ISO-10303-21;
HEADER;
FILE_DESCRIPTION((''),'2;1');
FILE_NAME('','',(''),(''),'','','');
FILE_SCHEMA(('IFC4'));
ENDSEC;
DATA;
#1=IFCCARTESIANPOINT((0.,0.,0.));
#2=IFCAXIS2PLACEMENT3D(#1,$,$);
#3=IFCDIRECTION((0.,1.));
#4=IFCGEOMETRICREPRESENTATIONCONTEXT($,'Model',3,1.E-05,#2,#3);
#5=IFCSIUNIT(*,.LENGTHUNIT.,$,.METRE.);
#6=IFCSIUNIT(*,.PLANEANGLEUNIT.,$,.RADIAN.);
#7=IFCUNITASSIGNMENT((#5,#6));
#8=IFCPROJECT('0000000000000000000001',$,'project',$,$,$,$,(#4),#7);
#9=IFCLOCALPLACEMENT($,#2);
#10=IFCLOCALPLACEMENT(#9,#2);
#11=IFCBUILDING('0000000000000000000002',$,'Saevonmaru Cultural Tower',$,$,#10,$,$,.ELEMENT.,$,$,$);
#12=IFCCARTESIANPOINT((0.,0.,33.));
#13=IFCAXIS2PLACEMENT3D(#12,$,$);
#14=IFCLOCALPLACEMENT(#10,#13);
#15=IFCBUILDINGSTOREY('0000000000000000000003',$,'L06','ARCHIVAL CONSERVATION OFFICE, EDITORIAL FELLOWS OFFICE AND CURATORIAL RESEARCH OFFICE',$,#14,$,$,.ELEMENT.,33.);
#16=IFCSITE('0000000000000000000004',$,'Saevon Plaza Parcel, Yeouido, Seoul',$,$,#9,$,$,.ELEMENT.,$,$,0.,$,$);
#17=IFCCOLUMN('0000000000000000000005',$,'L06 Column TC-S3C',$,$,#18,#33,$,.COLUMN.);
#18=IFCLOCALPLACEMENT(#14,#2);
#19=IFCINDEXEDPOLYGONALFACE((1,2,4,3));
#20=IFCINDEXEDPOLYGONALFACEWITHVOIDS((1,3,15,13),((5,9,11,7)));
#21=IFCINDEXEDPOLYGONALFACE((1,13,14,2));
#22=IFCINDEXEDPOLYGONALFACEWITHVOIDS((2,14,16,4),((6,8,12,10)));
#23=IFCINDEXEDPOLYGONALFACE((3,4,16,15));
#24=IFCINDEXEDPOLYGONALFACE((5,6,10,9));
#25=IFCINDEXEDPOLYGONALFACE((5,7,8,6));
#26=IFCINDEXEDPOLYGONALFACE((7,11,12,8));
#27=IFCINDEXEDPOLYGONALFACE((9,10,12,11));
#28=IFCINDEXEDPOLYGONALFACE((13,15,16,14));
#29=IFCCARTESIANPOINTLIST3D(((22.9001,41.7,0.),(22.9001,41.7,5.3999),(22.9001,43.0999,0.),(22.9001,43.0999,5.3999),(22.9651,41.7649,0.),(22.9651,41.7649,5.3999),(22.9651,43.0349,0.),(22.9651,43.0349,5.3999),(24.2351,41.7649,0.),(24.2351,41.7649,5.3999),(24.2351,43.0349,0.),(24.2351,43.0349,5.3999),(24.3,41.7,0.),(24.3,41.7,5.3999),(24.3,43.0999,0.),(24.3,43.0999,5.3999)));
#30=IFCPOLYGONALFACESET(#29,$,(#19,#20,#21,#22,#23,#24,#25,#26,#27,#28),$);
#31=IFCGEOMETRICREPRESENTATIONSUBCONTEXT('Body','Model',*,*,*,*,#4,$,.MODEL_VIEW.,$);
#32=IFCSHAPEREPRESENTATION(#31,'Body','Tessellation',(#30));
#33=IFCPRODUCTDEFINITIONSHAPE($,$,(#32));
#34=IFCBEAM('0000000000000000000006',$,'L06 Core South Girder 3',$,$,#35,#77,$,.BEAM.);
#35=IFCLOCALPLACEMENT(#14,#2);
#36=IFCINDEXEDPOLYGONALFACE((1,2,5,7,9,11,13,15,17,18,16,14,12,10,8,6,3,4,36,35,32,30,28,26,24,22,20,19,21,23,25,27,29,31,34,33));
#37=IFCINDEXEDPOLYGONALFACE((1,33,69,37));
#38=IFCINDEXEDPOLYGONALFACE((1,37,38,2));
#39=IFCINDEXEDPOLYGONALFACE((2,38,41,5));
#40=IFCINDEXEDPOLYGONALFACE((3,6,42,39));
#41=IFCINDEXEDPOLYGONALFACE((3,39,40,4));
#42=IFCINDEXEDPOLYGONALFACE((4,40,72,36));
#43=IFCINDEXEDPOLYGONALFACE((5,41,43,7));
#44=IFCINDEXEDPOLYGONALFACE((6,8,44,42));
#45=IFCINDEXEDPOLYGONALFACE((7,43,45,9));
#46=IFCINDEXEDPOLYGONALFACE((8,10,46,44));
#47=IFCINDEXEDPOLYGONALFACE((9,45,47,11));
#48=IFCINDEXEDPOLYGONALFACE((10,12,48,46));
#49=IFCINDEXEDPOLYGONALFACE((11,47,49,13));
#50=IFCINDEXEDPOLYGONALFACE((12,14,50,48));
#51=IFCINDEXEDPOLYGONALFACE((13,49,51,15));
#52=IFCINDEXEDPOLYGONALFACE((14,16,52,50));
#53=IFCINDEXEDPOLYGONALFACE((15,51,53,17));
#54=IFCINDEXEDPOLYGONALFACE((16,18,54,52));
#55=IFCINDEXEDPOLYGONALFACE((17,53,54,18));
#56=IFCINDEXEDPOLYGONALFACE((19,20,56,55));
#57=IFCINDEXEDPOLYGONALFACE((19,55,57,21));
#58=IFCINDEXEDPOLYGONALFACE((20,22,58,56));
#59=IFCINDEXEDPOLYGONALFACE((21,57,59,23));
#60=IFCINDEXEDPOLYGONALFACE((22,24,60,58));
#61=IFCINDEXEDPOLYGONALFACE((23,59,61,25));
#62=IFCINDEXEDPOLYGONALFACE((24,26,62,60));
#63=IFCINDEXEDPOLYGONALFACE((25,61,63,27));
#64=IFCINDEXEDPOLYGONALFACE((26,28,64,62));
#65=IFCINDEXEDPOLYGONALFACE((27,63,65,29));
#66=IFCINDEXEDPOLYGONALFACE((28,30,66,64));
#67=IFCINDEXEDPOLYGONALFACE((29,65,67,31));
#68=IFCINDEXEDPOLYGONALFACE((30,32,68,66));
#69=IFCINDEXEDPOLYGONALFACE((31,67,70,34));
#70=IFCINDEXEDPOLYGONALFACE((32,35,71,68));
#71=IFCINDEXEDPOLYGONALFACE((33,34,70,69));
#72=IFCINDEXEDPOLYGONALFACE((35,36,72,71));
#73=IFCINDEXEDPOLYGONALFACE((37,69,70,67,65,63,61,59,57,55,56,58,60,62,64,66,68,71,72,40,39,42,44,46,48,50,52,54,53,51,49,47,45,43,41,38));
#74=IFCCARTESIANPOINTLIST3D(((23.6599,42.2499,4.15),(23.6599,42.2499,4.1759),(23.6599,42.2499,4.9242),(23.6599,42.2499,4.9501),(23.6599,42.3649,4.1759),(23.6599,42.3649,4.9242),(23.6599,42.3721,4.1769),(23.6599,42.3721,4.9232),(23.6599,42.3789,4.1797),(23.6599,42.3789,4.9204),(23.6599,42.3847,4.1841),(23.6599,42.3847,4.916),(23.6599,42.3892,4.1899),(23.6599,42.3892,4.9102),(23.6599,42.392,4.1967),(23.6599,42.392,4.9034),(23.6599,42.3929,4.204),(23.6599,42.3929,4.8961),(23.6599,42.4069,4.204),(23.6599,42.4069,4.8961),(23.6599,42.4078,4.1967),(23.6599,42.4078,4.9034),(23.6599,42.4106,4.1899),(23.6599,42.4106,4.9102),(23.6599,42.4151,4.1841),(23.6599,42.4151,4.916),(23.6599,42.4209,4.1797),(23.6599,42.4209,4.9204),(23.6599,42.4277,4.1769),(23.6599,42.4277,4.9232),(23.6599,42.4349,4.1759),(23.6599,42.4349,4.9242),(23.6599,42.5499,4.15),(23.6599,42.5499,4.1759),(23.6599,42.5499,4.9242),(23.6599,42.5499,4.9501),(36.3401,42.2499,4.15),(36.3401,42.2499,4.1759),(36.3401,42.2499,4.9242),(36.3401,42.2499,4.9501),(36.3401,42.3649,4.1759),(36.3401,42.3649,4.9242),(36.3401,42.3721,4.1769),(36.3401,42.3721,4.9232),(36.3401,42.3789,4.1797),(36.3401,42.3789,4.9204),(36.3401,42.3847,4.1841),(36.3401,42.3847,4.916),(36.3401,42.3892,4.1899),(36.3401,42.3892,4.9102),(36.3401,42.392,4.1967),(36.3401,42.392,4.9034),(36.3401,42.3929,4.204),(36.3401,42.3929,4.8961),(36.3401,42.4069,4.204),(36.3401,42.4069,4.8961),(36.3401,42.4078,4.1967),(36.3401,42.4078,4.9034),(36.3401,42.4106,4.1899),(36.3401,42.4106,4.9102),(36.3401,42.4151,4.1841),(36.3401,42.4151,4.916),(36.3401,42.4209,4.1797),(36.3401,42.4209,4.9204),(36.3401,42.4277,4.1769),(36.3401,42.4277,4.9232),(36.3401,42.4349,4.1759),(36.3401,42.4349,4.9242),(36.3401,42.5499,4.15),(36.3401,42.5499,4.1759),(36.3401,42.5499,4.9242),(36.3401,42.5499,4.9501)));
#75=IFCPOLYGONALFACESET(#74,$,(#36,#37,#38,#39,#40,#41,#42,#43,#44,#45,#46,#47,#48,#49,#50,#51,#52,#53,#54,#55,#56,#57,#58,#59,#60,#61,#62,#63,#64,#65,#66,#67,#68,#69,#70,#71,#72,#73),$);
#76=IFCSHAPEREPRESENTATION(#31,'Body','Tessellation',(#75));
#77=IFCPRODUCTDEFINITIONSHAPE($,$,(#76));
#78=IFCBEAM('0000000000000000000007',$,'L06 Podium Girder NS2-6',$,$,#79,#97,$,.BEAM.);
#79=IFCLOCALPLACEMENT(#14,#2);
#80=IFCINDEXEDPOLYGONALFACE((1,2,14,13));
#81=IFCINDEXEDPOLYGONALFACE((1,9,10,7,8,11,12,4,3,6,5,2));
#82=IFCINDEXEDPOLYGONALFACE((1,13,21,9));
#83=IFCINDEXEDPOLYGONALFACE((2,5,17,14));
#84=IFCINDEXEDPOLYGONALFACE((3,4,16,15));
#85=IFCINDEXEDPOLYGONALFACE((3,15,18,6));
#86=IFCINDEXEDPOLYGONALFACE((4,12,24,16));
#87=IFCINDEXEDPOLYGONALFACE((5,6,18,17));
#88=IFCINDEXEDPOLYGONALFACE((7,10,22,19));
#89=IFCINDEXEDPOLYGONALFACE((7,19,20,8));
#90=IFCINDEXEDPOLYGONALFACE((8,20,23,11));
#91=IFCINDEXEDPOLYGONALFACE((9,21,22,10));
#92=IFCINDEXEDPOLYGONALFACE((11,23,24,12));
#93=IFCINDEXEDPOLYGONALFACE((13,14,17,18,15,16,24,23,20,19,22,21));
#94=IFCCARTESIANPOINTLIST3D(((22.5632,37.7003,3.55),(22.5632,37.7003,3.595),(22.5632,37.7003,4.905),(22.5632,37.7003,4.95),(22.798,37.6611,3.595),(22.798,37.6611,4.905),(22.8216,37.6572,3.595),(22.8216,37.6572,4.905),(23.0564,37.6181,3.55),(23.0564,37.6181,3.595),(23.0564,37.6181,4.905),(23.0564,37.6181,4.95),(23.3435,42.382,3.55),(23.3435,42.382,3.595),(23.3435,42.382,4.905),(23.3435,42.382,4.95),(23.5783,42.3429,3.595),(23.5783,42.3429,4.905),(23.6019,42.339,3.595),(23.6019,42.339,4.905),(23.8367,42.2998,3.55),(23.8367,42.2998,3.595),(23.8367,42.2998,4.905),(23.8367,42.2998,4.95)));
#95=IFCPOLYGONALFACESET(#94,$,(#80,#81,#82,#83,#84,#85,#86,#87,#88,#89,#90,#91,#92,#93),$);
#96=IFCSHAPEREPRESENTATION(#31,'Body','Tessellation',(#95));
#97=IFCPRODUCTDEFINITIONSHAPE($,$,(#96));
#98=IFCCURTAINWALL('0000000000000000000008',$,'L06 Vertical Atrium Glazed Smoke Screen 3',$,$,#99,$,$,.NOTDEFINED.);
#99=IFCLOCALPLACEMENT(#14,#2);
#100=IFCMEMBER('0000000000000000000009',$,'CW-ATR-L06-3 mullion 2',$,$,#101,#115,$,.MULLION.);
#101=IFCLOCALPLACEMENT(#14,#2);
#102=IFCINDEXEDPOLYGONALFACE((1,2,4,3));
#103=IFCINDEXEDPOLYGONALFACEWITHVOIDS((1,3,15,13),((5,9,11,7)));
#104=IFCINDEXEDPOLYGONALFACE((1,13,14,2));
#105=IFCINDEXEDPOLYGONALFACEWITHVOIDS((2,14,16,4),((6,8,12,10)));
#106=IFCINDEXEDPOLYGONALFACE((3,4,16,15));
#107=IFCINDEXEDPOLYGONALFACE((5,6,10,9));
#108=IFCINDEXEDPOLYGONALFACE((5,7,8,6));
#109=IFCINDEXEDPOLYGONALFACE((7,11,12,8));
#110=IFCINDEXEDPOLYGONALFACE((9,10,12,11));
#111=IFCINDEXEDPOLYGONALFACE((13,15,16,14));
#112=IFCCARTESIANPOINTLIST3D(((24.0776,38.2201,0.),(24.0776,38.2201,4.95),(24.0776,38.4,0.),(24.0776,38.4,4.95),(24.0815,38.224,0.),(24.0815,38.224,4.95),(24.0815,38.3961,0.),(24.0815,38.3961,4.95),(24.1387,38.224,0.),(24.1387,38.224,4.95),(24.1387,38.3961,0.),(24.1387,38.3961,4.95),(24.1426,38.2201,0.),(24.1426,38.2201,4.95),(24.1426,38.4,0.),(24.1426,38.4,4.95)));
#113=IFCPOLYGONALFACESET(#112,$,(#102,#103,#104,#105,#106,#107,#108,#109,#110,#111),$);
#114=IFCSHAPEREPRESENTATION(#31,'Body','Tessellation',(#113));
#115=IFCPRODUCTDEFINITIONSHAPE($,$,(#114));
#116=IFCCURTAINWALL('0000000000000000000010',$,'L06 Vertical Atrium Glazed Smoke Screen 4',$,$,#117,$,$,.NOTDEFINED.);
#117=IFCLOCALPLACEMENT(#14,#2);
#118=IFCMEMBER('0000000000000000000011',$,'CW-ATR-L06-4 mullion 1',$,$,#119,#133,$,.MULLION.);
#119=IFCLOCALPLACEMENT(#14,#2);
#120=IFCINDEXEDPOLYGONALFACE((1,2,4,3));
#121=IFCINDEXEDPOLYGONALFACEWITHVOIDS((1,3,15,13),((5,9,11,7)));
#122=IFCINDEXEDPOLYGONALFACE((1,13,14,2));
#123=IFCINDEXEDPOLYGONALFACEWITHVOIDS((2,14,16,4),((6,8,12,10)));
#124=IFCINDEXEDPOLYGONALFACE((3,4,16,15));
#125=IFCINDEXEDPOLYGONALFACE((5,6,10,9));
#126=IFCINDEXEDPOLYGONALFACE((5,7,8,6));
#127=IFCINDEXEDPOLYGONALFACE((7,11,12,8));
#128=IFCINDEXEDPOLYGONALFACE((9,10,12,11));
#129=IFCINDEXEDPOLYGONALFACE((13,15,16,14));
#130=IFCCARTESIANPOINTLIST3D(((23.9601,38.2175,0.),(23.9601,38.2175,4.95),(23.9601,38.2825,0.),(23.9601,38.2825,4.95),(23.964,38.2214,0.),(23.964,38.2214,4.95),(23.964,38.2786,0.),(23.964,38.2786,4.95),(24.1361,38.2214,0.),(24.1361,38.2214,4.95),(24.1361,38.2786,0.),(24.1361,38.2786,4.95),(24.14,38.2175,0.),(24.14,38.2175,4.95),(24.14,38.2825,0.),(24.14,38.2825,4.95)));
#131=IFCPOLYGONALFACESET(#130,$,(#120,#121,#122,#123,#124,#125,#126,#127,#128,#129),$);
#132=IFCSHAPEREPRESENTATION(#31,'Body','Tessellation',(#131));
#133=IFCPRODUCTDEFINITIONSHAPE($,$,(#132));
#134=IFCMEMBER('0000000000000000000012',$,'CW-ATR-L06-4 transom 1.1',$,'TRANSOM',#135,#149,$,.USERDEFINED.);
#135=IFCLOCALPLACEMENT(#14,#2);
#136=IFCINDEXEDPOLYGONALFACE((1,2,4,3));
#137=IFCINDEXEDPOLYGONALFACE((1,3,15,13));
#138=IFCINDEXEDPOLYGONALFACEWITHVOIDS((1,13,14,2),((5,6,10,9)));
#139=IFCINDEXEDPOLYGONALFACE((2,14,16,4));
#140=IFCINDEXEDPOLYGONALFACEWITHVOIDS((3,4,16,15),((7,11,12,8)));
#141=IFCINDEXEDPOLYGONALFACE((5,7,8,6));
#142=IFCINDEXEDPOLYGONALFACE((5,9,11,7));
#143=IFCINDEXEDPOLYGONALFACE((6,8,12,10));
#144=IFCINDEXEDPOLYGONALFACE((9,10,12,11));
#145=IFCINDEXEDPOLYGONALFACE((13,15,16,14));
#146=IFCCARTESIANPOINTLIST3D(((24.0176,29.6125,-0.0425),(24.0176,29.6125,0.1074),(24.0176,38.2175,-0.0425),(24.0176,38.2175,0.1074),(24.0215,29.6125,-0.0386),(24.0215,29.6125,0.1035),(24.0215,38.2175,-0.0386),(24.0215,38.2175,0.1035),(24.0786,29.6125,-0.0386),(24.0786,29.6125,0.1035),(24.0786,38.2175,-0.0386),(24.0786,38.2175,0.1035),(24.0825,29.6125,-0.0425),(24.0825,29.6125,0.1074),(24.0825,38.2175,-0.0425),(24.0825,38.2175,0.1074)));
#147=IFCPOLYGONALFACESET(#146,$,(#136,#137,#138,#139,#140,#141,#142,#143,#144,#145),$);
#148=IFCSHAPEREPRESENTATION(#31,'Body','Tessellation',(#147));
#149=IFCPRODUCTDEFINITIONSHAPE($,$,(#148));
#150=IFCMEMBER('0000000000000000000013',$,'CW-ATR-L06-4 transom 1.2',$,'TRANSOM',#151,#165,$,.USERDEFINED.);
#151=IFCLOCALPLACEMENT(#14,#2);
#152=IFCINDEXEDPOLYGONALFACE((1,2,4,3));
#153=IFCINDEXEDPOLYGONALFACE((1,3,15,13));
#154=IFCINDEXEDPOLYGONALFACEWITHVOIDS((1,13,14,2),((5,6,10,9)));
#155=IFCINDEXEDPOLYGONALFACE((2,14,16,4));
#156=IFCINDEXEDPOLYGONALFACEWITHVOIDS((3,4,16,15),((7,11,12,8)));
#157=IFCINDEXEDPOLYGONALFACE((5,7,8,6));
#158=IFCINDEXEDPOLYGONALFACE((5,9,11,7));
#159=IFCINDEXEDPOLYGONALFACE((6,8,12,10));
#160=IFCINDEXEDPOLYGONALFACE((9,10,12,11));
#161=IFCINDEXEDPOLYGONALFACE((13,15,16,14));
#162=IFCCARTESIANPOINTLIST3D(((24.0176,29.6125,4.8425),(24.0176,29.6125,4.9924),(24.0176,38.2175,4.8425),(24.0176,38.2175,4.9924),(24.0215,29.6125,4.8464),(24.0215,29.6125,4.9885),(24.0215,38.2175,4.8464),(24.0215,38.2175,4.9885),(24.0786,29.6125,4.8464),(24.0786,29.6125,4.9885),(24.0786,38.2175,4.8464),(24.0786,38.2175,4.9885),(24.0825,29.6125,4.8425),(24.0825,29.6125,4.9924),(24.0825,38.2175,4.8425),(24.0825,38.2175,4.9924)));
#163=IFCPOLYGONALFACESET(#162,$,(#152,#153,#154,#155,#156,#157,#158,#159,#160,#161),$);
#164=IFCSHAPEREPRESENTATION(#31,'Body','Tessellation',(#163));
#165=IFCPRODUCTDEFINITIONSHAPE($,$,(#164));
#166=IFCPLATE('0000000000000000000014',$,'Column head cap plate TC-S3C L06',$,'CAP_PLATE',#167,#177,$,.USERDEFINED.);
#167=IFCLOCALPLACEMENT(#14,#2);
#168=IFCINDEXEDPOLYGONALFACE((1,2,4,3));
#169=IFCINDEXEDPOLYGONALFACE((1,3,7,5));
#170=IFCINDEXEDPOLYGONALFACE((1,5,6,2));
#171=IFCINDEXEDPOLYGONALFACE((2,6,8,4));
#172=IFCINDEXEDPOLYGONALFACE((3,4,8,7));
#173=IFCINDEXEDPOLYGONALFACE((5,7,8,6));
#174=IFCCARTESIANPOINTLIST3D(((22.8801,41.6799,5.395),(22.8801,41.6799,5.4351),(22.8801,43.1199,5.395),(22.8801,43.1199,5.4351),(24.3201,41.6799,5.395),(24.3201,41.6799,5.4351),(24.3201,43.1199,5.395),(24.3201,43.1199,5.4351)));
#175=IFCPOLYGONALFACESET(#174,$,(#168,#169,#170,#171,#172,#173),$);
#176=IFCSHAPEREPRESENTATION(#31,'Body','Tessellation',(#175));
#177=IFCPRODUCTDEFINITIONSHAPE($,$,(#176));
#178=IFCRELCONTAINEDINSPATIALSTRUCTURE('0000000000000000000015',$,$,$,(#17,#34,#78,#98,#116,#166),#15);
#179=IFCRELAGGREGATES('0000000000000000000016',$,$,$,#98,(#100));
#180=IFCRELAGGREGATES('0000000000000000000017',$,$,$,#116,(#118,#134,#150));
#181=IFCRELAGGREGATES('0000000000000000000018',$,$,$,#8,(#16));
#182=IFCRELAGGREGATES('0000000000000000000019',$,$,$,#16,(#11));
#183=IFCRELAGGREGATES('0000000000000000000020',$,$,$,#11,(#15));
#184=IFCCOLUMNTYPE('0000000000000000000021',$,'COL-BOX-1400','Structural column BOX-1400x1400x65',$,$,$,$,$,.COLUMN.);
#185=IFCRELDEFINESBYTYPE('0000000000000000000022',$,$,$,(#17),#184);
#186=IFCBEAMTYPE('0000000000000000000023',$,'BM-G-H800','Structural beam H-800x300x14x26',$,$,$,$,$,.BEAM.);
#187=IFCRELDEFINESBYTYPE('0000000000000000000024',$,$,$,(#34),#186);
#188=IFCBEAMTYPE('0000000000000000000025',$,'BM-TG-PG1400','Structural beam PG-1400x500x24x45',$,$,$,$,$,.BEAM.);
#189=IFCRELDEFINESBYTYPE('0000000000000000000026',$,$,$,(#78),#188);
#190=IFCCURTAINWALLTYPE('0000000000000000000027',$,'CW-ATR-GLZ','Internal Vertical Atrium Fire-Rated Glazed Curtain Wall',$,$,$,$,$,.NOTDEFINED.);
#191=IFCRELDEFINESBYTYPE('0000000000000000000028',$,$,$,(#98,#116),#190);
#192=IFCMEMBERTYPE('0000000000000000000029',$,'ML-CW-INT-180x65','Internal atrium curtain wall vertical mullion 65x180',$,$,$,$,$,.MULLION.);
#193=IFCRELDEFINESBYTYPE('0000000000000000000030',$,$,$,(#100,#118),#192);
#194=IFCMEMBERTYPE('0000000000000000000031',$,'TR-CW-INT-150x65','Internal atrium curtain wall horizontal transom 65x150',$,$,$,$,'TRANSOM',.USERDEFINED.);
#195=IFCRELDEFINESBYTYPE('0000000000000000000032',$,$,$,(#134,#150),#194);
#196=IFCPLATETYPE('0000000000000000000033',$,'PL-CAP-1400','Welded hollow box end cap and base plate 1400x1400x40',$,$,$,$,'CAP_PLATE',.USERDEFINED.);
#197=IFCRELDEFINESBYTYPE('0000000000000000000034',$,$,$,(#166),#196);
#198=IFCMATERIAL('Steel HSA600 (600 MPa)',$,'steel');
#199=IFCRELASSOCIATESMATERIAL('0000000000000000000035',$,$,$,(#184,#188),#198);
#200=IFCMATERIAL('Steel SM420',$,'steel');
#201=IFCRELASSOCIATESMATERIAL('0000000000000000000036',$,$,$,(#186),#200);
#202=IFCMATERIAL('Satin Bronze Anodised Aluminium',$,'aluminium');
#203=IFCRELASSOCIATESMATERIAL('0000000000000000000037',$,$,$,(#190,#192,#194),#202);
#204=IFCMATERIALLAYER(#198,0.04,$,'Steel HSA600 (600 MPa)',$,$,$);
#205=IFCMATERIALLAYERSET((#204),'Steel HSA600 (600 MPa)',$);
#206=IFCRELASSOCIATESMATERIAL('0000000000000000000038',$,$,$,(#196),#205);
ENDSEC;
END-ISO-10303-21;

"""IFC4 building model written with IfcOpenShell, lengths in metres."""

from ifc_helpers import new_model, si_unit, direction, frame, origin, origin_2d, place, context, subcontext, project, spatial, rectangle, hollow_rectangle, i_section, extrude, material, layer, layer_set, material_profile, profile_set, type_object, element, aggregate, save


model = new_model("IFC4")

# Units and contexts
model_context = context("Model", 3, precision=1e-05, world=origin(), true_north=direction((0.0, 1.0)))
body_context = subcontext(model_context, "Body", "Model", "MODEL_VIEW")
ifc_project = project(units=[si_unit("LENGTHUNIT", "METRE"), si_unit("PLANEANGLEUNIT", "RADIAN")], contexts=[model_context])

# Site, building, storey
site_placement = place(None, origin())
site = spatial("IfcSite", under=ifc_project, at=site_placement, Name="Saevon Plaza Parcel, Yeouido, Seoul", CompositionType="ELEMENT", RefElevation=0.0)
building_placement = place(site_placement, origin())
building = spatial("IfcBuilding", under=site, at=building_placement, Name="Saevonmaru Cultural Tower", CompositionType="ELEMENT")
storey_placement = place(building_placement, frame((0.0, 0.0, 33.0)))
storey = spatial("IfcBuildingStorey", under=building, at=storey_placement, Name="L06", Description="ARCHIVAL CONSERVATION OFFICE, EDITORIAL FELLOWS OFFICE AND CURATORIAL RESEARCH OFFICE", CompositionType="ELEMENT", Elevation=33.0)

# Column
ifc_material_1 = material(Name="Steel HSA600 (600 MPa)", Category="steel")
ifc_material_profile_1 = material_profile(ifc_material_1, hollow_rectangle(XDim=1.3999, YDim=1.3999, WallThickness=0.0649, at=origin_2d()), Name="BOX-1400x1400x65")
ifc_profile_set_1 = profile_set([ifc_material_profile_1], Name="Steel HSA600 (600 MPa)")
column_type = type_object("IfcColumnType", Name="COL-BOX-1400", Description="Structural column BOX-1400x1400x65", PredefinedType="COLUMN", material=ifc_profile_set_1)
column_placement = place(storey_placement, frame((23.6001, 42.3999, 0.0), z_axis=(0.0, 0.0, 1.0), x_axis=(1.0, 0.0, 0.0)))
element("IfcColumn", 1, at=column_placement, inside=storey, type_object=column_type, Name="L06 Column TC-S3C", PredefinedType="COLUMN", context=body_context, shape_type="SweptSolid", body=[
    extrude(hollow_rectangle(XDim=1.3999, YDim=1.3999, WallThickness=0.0649, at=origin_2d()), origin(), (0.0, 0.0, 1.0), 5.3999),
])

# Beams
ifc_material_2 = material(Name="Steel SM420", Category="steel")
ifc_material_profile_2 = material_profile(ifc_material_2, i_section(OverallWidth=0.3, OverallDepth=0.8, WebThickness=0.0139, FlangeThickness=0.0259, FilletRadius=0.0281, at=origin_2d()), Name="H-800x300x14x26")
ifc_profile_set_2 = profile_set([ifc_material_profile_2], Name="Steel SM420")
beam_type_1 = type_object("IfcBeamType", Name="BM-G-H800", Description="Structural beam H-800x300x14x26", PredefinedType="BEAM", material=ifc_profile_set_2)
beam_1_placement = place(storey_placement, frame((23.6599, 42.3999, 4.55), z_axis=(1.0, 0.0, 0.0), x_axis=(0.0, 1.0, 0.0)))
element("IfcBeam", 2, at=beam_1_placement, inside=storey, type_object=beam_type_1, Name="L06 Core South Girder 3", PredefinedType="BEAM", context=body_context, shape_type="SweptSolid", body=[
    extrude(i_section(OverallWidth=0.3, OverallDepth=0.8, WebThickness=0.0139, FlangeThickness=0.0259, FilletRadius=0.0281, at=origin_2d()), origin(), (0.0, 0.0, 1.0), 12.6802),
])
ifc_material_profile_3 = material_profile(ifc_material_1, i_section(OverallWidth=0.5, OverallDepth=1.3999, WebThickness=0.0239, FlangeThickness=0.0449, at=origin_2d()), Name="PG-1400x500x24x45")
ifc_profile_set_3 = profile_set([ifc_material_profile_3], Name="Steel HSA600 (600 MPa)")
beam_type_2 = type_object("IfcBeamType", Name="BM-TG-PG1400", Description="Structural beam PG-1400x500x24x45", PredefinedType="BEAM", material=ifc_profile_set_3)
beam_2_placement = place(storey_placement, frame((22.8098, 37.6592, 4.25), z_axis=(0.164399, 0.986394, 0.0), x_axis=(-0.986394, 0.164399, 0.0)))
element("IfcBeam", 3, at=beam_2_placement, inside=storey, type_object=beam_type_2, Name="L06 Podium Girder NS2-6", PredefinedType="BEAM", context=body_context, shape_type="SweptSolid", body=[
    extrude(i_section(OverallWidth=0.5, OverallDepth=1.3999, WebThickness=0.0239, FlangeThickness=0.0449, at=origin_2d()), origin(), (0.0, 0.0, 1.0), 4.7463),
])

# Curtain wall, member
ifc_material_3 = material(Name="Satin Bronze Anodised Aluminium", Category="aluminium")
curtain_wall_type = type_object("IfcCurtainWallType", Name="CW-ATR-GLZ", Description="Internal Vertical Atrium Fire-Rated Glazed Curtain Wall", PredefinedType="NOTDEFINED", material=ifc_material_3)
curtain_wall_1_placement = place(storey_placement, origin())
curtain_wall_1 = element("IfcCurtainWall", 4, at=curtain_wall_1_placement, inside=storey, type_object=curtain_wall_type, Name="L06 Vertical Atrium Glazed Smoke Screen 3", PredefinedType="NOTDEFINED")
ifc_material_profile_4 = material_profile(ifc_material_3, hollow_rectangle(XDim=0.0649, YDim=0.1799, WallThickness=0.0039, at=origin_2d()), Name="ALU-MULL-180x65x4")
ifc_profile_set_4 = profile_set([ifc_material_profile_4], Name="Satin Bronze Anodised Aluminium")
member_type_1 = type_object("IfcMemberType", Name="ML-CW-INT-180x65", Description="Internal atrium curtain wall vertical mullion 65x180", PredefinedType="MULLION", material=ifc_profile_set_4)
member_1_placement = place(storey_placement, frame((24.1101, 38.3101, 0.0), z_axis=(0.0, 0.0, 1.0), x_axis=(-1.0, 0.0, 0.0)))
member_1 = element("IfcMember", 5, at=member_1_placement, type_object=member_type_1, Name="CW-ATR-L06-3 mullion 2", PredefinedType="MULLION", context=body_context, shape_type="SweptSolid", body=[
    extrude(hollow_rectangle(XDim=0.0649, YDim=0.1799, WallThickness=0.0039, at=origin_2d()), origin(), (0.0, 0.0, 1.0), 4.95),
])
aggregate(curtain_wall_1, [member_1])

# Curtain wall, members
curtain_wall_2_placement = place(storey_placement, origin())
curtain_wall_2 = element("IfcCurtainWall", 6, at=curtain_wall_2_placement, inside=storey, type_object=curtain_wall_type, Name="L06 Vertical Atrium Glazed Smoke Screen 4", PredefinedType="NOTDEFINED")
member_2_placement = place(storey_placement, frame((24.05, 38.25, 0.0), z_axis=(0.0, 0.0, 1.0), x_axis=(0.0, -1.0, 0.0)))
member_2 = element("IfcMember", 7, at=member_2_placement, type_object=member_type_1, Name="CW-ATR-L06-4 mullion 1", PredefinedType="MULLION", context=body_context, shape_type="SweptSolid", body=[
    extrude(hollow_rectangle(XDim=0.0649, YDim=0.1799, WallThickness=0.0039, at=origin_2d()), origin(), (0.0, 0.0, 1.0), 4.95),
])
ifc_material_profile_5 = material_profile(ifc_material_3, hollow_rectangle(XDim=0.0649, YDim=0.1499, WallThickness=0.0039, at=origin_2d()), Name="ALU-TRAN-150x65x4")
ifc_profile_set_5 = profile_set([ifc_material_profile_5], Name="Satin Bronze Anodised Aluminium")
member_type_2 = type_object("IfcMemberType", Name="TR-CW-INT-150x65", Description="Internal atrium curtain wall horizontal transom 65x150", ElementType="TRANSOM", PredefinedType="USERDEFINED", material=ifc_profile_set_5)
member_3_placement = place(storey_placement, frame((24.05, 38.2175, 0.0325), z_axis=(0.0, -1.0, 0.0), x_axis=(1.0, 0.0, 0.0)))
member_3 = element("IfcMember", 8, at=member_3_placement, type_object=member_type_2, Name="CW-ATR-L06-4 transom 1.1", ObjectType="TRANSOM", PredefinedType="USERDEFINED", context=body_context, shape_type="SweptSolid", body=[
    extrude(hollow_rectangle(XDim=0.0649, YDim=0.1499, WallThickness=0.0039, at=origin_2d()), origin(), (0.0, 0.0, 1.0), 8.605),
])
member_4_placement = place(storey_placement, frame((24.05, 38.2175, 4.9175), z_axis=(0.0, -1.0, 0.0), x_axis=(1.0, 0.0, 0.0)))
member_4 = element("IfcMember", 9, at=member_4_placement, type_object=member_type_2, Name="CW-ATR-L06-4 transom 1.2", ObjectType="TRANSOM", PredefinedType="USERDEFINED", context=body_context, shape_type="SweptSolid", body=[
    extrude(hollow_rectangle(XDim=0.0649, YDim=0.1499, WallThickness=0.0039, at=origin_2d()), origin(), (0.0, 0.0, 1.0), 8.605),
])
aggregate(curtain_wall_2, [member_2, member_3, member_4])

# Plate
ifc_layer_1 = layer(ifc_material_1, 0.04, Name="Steel HSA600 (600 MPa)")
ifc_layer_set_1 = layer_set([ifc_layer_1], Name="Steel HSA600 (600 MPa)")
plate_type = type_object("IfcPlateType", Name="PL-CAP-1400", Description="Welded hollow box end cap and base plate 1400x1400x40", ElementType="CAP_PLATE", PredefinedType="USERDEFINED", material=ifc_layer_set_1)
plate_placement = place(storey_placement, frame((23.6001, 42.3999, 5.395), z_axis=(0.0, 0.0, 1.0), x_axis=(1.0, 0.0, 0.0)))
element("IfcPlate", 10, at=plate_placement, inside=storey, type_object=plate_type, Name="Column head cap plate TC-S3C L06", ObjectType="CAP_PLATE", PredefinedType="USERDEFINED", context=body_context, shape_type="SweptSolid", body=[
    extrude(rectangle(XDim=1.4399, YDim=1.4399, at=origin_2d()), origin(), (0.0, 0.0, 1.0), 0.04),
])

save(model, "model.ifc")
